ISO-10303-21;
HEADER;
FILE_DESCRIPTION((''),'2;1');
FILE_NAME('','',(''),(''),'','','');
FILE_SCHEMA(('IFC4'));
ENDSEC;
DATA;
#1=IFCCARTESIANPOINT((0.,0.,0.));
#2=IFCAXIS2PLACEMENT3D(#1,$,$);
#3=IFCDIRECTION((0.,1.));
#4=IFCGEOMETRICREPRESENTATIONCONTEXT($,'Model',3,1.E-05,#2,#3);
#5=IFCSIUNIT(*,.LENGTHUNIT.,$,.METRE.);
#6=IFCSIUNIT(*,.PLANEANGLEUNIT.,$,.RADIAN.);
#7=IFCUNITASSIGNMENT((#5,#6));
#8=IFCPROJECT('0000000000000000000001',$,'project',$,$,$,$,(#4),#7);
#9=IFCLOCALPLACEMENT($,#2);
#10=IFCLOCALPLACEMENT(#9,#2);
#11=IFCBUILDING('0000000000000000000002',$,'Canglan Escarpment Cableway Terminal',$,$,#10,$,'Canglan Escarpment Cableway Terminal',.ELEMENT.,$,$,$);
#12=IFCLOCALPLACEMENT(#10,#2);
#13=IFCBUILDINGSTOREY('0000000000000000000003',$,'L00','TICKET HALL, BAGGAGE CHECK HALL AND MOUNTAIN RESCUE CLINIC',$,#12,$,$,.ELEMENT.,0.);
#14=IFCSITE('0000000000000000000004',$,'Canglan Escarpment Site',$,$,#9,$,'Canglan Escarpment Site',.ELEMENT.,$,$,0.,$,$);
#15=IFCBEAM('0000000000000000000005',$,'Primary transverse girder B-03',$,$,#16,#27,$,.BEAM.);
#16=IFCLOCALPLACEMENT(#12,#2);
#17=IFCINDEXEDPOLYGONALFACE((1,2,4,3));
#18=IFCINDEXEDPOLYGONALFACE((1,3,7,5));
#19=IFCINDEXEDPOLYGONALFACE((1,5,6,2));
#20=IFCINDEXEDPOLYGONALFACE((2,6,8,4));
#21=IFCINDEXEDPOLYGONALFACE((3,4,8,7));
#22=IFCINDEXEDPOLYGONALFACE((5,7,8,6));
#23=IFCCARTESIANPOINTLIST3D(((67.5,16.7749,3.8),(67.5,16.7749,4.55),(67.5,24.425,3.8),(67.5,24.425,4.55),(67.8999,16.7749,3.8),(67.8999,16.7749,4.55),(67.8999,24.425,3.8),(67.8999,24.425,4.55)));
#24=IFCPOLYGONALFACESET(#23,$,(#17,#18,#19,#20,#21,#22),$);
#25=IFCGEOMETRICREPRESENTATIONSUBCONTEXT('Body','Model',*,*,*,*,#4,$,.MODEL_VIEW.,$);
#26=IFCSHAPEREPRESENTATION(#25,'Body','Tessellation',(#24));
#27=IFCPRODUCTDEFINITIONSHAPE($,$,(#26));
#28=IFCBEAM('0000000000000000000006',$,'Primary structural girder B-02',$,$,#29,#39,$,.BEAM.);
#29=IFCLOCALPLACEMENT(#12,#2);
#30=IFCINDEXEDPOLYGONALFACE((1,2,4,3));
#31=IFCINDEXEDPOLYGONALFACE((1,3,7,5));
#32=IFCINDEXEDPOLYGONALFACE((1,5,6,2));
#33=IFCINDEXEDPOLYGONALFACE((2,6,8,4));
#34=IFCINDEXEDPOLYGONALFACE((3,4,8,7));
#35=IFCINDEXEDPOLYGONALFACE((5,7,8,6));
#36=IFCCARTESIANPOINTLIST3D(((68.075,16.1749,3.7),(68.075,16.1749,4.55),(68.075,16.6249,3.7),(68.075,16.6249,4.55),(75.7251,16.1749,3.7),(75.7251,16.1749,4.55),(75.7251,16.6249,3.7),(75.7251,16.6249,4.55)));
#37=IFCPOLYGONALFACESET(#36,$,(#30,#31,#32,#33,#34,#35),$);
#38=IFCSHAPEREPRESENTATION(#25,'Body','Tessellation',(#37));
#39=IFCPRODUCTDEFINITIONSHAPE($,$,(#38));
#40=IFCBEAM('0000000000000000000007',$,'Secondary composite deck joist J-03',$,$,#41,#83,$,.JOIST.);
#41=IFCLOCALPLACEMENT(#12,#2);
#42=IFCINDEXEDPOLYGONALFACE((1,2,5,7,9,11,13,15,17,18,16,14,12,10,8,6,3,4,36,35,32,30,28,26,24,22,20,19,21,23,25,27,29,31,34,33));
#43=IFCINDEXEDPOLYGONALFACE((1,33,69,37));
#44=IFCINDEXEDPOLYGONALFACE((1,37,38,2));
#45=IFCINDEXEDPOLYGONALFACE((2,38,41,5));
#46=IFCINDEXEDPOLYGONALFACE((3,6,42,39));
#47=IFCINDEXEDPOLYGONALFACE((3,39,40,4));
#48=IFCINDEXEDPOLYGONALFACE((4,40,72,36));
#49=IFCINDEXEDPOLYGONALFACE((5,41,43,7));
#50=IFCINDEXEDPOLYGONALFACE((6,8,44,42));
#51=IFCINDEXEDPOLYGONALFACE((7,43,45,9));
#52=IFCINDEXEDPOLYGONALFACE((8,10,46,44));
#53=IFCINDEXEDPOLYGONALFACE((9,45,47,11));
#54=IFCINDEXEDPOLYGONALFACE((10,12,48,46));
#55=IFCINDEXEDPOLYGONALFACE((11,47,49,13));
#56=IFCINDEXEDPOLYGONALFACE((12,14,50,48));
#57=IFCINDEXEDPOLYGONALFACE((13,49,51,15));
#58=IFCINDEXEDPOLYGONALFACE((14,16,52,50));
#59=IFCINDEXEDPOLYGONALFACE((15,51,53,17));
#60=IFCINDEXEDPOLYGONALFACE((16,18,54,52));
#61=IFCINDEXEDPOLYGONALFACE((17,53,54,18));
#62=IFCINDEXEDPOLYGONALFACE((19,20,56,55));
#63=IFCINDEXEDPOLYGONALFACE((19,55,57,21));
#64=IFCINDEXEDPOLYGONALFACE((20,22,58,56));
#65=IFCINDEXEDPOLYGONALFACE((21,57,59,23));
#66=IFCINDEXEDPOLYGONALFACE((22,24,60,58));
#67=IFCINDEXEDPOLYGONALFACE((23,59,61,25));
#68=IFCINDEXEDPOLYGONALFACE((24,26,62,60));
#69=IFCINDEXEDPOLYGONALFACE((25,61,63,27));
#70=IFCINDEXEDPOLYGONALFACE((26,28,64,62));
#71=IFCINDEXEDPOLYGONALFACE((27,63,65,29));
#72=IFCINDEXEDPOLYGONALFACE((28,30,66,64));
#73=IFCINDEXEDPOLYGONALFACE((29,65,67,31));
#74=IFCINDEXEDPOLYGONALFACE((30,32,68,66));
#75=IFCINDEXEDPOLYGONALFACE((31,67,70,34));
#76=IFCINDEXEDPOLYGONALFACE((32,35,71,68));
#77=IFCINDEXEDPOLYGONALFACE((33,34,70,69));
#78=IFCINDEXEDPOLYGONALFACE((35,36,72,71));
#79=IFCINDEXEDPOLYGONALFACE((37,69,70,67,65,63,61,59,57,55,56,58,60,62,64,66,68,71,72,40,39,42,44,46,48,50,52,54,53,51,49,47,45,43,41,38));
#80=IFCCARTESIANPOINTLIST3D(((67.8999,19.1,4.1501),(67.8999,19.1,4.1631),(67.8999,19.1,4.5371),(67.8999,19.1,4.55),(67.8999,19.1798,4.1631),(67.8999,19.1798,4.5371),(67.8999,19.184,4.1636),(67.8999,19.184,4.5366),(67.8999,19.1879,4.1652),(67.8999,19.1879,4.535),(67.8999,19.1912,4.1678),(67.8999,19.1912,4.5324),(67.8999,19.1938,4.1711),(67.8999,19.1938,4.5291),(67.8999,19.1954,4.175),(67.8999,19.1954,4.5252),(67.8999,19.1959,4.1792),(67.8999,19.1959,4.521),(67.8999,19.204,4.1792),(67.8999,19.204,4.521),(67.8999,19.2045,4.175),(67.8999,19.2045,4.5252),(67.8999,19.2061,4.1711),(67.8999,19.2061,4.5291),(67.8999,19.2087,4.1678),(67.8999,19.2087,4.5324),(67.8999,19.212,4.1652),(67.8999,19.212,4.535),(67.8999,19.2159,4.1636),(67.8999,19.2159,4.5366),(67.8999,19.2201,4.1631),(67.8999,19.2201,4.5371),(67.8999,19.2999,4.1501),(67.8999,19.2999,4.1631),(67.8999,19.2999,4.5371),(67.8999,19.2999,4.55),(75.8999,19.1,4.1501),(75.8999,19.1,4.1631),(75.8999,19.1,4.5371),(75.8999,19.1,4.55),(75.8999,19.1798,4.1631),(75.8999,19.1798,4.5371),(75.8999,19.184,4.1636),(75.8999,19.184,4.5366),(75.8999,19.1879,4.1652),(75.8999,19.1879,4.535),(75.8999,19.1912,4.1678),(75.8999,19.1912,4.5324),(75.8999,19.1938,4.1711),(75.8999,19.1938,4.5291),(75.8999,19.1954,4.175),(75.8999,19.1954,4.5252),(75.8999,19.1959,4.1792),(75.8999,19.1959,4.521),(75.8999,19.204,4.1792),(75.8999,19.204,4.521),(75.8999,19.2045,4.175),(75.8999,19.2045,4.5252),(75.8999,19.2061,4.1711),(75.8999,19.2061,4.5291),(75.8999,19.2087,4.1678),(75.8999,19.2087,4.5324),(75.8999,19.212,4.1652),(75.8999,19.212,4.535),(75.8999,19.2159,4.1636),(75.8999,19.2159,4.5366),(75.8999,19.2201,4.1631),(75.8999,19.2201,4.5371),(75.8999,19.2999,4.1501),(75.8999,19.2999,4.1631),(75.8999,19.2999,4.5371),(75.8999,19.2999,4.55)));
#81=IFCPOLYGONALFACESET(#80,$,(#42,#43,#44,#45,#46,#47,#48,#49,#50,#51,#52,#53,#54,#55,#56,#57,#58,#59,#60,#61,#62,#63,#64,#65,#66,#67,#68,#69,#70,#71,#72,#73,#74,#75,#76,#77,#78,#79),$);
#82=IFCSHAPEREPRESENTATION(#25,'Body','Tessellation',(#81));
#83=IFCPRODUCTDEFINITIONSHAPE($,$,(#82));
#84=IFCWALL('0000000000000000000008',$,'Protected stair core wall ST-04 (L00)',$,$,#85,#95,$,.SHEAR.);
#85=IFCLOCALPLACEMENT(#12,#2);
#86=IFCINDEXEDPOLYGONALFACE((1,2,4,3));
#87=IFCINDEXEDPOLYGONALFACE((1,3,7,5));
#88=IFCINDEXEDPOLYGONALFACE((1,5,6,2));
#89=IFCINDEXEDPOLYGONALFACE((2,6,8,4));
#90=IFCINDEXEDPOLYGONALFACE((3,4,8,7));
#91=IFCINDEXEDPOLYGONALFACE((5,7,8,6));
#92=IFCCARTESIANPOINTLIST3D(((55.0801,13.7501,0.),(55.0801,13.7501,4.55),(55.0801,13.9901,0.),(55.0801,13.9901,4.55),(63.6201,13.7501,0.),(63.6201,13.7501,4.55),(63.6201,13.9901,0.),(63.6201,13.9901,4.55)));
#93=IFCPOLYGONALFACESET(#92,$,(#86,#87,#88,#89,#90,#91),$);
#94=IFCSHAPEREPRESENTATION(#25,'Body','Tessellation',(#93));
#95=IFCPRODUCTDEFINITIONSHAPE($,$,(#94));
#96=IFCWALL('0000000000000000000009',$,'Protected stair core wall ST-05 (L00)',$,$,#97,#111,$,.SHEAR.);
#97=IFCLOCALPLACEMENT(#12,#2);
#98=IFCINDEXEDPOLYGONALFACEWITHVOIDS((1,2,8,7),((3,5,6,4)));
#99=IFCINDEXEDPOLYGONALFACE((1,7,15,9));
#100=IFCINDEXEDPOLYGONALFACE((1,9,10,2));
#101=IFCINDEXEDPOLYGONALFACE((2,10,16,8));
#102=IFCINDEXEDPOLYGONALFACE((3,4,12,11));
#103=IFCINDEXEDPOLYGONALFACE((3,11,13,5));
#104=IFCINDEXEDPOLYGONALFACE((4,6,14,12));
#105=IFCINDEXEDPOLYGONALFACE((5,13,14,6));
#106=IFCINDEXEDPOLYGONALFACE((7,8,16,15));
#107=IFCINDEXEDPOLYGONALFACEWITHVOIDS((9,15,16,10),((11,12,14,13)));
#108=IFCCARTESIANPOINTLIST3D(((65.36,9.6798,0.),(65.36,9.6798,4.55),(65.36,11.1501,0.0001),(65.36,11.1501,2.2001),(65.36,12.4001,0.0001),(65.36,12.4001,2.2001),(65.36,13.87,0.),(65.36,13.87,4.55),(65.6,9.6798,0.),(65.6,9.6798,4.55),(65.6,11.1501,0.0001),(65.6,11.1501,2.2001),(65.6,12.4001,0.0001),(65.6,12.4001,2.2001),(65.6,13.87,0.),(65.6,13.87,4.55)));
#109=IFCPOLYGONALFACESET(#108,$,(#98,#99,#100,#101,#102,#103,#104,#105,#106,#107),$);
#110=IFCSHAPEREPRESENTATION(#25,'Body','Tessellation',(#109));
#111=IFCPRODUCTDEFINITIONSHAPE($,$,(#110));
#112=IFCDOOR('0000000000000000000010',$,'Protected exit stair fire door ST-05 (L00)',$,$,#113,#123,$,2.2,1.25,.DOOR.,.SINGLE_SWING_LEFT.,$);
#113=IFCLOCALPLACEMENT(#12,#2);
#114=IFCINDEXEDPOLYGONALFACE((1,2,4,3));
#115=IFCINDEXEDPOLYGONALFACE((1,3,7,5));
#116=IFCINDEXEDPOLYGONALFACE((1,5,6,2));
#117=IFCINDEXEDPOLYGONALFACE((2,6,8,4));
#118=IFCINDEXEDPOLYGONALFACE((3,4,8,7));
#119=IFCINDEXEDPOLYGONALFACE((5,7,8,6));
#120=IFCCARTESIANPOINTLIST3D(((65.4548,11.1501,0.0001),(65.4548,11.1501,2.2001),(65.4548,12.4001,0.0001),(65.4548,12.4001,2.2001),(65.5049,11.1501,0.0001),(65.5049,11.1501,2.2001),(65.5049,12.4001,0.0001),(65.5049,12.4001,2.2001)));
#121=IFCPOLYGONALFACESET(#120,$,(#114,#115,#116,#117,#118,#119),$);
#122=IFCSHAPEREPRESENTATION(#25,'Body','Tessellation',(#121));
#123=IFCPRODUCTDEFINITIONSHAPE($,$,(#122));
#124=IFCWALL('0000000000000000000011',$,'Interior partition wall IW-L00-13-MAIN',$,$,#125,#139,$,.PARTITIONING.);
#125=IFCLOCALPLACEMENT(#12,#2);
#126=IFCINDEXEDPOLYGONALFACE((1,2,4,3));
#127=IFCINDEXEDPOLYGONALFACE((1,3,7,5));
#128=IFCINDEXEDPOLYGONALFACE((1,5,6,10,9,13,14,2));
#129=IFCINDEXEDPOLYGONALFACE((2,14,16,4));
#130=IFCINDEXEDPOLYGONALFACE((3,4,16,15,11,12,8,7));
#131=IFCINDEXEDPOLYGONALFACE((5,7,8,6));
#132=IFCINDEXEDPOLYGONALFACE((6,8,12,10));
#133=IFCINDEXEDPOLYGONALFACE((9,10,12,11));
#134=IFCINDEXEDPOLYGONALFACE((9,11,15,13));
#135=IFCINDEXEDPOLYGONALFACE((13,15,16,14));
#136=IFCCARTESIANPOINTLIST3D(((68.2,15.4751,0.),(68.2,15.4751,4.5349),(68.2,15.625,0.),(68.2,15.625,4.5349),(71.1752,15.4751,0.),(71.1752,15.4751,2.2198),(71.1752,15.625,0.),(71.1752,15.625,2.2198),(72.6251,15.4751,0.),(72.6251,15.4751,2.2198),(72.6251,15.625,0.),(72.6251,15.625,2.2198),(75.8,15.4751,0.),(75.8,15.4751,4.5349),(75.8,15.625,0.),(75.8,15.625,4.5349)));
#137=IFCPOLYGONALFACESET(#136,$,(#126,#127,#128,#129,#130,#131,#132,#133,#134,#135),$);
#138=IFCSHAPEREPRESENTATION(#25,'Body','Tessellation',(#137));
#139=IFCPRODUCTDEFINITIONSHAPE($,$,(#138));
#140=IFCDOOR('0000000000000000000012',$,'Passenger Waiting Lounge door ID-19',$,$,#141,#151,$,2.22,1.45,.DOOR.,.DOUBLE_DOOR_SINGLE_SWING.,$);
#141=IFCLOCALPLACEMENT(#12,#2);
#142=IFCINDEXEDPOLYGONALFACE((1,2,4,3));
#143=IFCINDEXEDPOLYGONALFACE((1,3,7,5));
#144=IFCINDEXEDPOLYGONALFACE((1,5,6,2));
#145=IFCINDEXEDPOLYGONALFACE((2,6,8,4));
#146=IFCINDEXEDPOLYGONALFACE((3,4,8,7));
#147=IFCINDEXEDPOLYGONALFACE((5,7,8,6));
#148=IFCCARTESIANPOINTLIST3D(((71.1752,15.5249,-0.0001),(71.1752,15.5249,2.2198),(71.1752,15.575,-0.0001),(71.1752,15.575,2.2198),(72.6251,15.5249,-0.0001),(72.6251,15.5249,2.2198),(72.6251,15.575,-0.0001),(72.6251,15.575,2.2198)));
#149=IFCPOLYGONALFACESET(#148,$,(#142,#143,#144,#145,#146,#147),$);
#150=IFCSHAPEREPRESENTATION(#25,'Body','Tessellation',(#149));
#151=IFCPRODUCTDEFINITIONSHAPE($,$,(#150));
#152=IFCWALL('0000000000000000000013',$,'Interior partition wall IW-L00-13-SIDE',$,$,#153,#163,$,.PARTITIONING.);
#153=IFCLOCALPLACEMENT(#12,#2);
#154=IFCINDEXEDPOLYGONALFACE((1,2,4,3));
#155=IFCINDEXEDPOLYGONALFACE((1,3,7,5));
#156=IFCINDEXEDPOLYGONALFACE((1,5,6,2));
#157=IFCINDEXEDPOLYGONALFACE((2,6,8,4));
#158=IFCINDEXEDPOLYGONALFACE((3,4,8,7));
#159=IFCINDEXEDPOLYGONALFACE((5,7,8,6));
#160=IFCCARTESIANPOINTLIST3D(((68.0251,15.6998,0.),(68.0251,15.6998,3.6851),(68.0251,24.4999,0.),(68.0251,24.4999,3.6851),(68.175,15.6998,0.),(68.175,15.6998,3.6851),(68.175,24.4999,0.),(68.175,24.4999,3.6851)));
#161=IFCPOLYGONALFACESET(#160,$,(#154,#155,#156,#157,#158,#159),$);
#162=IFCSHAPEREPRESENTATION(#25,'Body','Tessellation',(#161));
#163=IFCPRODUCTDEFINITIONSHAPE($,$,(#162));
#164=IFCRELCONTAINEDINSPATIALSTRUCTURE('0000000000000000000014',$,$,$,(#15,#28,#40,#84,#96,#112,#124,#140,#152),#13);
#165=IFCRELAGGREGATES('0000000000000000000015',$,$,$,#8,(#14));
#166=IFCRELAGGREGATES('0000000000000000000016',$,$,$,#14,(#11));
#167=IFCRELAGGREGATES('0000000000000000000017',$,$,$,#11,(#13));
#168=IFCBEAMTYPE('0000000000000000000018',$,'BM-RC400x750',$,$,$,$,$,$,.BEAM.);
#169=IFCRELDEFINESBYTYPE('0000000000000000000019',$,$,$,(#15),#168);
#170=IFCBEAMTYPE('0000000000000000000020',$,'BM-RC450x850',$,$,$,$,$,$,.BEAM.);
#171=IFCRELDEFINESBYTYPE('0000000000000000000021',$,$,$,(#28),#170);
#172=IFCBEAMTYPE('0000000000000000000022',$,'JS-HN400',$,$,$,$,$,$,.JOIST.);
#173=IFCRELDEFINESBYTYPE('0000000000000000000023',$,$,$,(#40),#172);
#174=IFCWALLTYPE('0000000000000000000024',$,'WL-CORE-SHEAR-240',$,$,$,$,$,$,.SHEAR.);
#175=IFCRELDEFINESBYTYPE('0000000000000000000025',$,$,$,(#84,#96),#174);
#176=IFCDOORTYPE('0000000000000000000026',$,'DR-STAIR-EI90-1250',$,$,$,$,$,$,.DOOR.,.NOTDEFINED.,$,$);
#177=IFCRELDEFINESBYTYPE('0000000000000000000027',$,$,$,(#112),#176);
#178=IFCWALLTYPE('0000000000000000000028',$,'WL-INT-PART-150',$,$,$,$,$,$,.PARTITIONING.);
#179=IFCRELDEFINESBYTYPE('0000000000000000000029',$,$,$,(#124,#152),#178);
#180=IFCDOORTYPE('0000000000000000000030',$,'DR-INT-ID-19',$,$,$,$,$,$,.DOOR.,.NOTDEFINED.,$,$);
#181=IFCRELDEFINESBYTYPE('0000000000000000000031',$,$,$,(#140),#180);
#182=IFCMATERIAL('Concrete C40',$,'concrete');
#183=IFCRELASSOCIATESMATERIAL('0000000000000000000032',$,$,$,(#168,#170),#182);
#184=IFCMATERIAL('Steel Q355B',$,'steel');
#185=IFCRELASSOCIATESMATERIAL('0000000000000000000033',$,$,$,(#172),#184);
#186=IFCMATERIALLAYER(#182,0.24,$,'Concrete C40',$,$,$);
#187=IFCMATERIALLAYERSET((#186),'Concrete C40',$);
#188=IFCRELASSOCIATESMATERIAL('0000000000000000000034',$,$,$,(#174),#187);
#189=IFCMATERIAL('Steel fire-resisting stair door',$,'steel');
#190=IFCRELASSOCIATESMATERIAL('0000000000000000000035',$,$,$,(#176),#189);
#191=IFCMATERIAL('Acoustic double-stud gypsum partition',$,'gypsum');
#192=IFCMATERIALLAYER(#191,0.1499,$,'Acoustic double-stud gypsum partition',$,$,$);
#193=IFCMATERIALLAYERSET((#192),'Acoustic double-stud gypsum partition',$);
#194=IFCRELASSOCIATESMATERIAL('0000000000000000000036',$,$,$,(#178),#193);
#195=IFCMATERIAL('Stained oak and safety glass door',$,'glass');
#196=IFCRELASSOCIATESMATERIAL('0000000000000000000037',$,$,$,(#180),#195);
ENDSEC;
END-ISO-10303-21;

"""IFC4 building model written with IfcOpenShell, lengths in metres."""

from ifc_helpers import new_model, si_unit, direction, frame, frame_2d, origin, origin_2d, place, context, subcontext, project, spatial, rectangle, i_section, extrude, material, layer, layer_set, material_profile, profile_set, type_object, element, fill, save


model = new_model("IFC4")

# Units and contexts
model_context = context("Model", 3, precision=1e-05, world=origin(), true_north=direction((0.0, 1.0)))
body_context = subcontext(model_context, "Body", "Model", "MODEL_VIEW")
ifc_project = project(units=[si_unit("LENGTHUNIT", "METRE"), si_unit("PLANEANGLEUNIT", "RADIAN")], contexts=[model_context])

# Site, building, storey
site_placement = place(None, origin())
site = spatial("IfcSite", under=ifc_project, at=site_placement, Name="Canglan Escarpment Site", LongName="Canglan Escarpment Site", CompositionType="ELEMENT", RefElevation=0.0)
building_placement = place(site_placement, origin())
building = spatial("IfcBuilding", under=site, at=building_placement, Name="Canglan Escarpment Cableway Terminal", LongName="Canglan Escarpment Cableway Terminal", CompositionType="ELEMENT")
storey_placement = place(building_placement, origin())
storey = spatial("IfcBuildingStorey", under=building, at=storey_placement, Name="L00", Description="TICKET HALL, BAGGAGE CHECK HALL AND MOUNTAIN RESCUE CLINIC", CompositionType="ELEMENT", Elevation=0.0)

# Shared definitions
ifc_material_1 = material(Name="Concrete C40", Category="concrete")

# Beams
ifc_material_profile_1 = material_profile(ifc_material_1, rectangle(XDim=0.3999, YDim=0.75, at=origin_2d()), Name="RC 400x750")
ifc_profile_set_1 = profile_set([ifc_material_profile_1], Name="Concrete C40")
beam_type_1 = type_object("IfcBeamType", Name="BM-RC400x750", PredefinedType="BEAM", material=ifc_profile_set_1)
beam_1_placement = place(storey_placement, frame((67.7, 16.7749, 4.175), z_axis=(0.0, 1.0, 0.0), x_axis=(-1.0, 0.0, 0.0)))
element("IfcBeam", 1, at=beam_1_placement, inside=storey, type_object=beam_type_1, Name="Primary transverse girder B-03", PredefinedType="BEAM", context=body_context, shape_type="SweptSolid", body=[
    extrude(rectangle(XDim=0.3999, YDim=0.75, at=origin_2d()), origin(), (0.0, 0.0, 1.0), 7.6501),
])
ifc_material_profile_2 = material_profile(ifc_material_1, rectangle(XDim=0.45, YDim=0.8501, at=origin_2d()), Name="RC 450x850")
ifc_profile_set_2 = profile_set([ifc_material_profile_2], Name="Concrete C40")
beam_type_2 = type_object("IfcBeamType", Name="BM-RC450x850", PredefinedType="BEAM", material=ifc_profile_set_2)
beam_2_placement = place(storey_placement, frame((68.075, 16.3999, 4.125), z_axis=(1.0, 0.0, 0.0), x_axis=(0.0, 1.0, 0.0)))
element("IfcBeam", 2, at=beam_2_placement, inside=storey, type_object=beam_type_2, Name="Primary structural girder B-02", PredefinedType="BEAM", context=body_context, shape_type="SweptSolid", body=[
    extrude(rectangle(XDim=0.45, YDim=0.8501, at=origin_2d()), origin(), (0.0, 0.0, 1.0), 7.6501),
])
ifc_material_2 = material(Name="Steel Q355B", Category="steel")
ifc_material_profile_3 = material_profile(ifc_material_2, i_section(OverallWidth=0.2, OverallDepth=0.3999, WebThickness=0.0081, FlangeThickness=0.0129, FilletRadius=0.0161, at=origin_2d()), Name="HN 400x200x8x13")
ifc_profile_set_3 = profile_set([ifc_material_profile_3], Name="Steel Q355B")
beam_type_3 = type_object("IfcBeamType", Name="JS-HN400", PredefinedType="JOIST", material=ifc_profile_set_3)
beam_3_placement = place(storey_placement, frame((67.8999, 19.2, 4.3501), z_axis=(1.0, 0.0, 0.0), x_axis=(0.0, 1.0, 0.0)))
element("IfcBeam", 3, at=beam_3_placement, inside=storey, type_object=beam_type_3, Name="Secondary composite deck joist J-03", PredefinedType="JOIST", context=body_context, shape_type="SweptSolid", body=[
    extrude(i_section(OverallWidth=0.2, OverallDepth=0.3999, WebThickness=0.0081, FlangeThickness=0.0129, FilletRadius=0.0161, at=origin_2d()), origin(), (0.0, 0.0, 1.0), 8.0),
])

# Wall
ifc_layer_1 = layer(ifc_material_1, 0.24, Name="Concrete C40")
ifc_layer_set_1 = layer_set([ifc_layer_1], Name="Concrete C40")
wall_type_1 = type_object("IfcWallType", Name="WL-CORE-SHEAR-240", PredefinedType="SHEAR", material=ifc_layer_set_1)
wall_1_placement = place(storey_placement, frame((63.6201, 13.8701, 0.0), z_axis=(0.0, 0.0, 1.0), x_axis=(-1.0, 0.0, 0.0)))
element("IfcWall", 4, at=wall_1_placement, inside=storey, type_object=wall_type_1, Name="Protected stair core wall ST-04 (L00)", PredefinedType="SHEAR", context=body_context, shape_type="SweptSolid", body=[
    extrude(rectangle(XDim=8.54, YDim=0.24, at=frame_2d((4.27, 0.0))), origin(), (0.0, 0.0, 1.0), 4.55),
])

# Walls, openings, doors
wall_2_placement = place(storey_placement, frame((65.48, 13.8701, 0.0), z_axis=(0.0, 0.0, 1.0), x_axis=(0.0, -1.0, 0.0)))
wall_2 = element("IfcWall", 5, at=wall_2_placement, inside=storey, type_object=wall_type_1, Name="Protected stair core wall ST-05 (L00)", PredefinedType="SHEAR", context=body_context, shape_type="SweptSolid", body=[
    extrude(rectangle(XDim=4.1902, YDim=0.24, at=frame_2d((2.0952, 0.0))), origin(), (0.0, 0.0, 1.0), 4.55),
])
opening_1_placement = place(wall_2_placement, frame((1.47, 0.0, 0.0)))
opening_1 = element("IfcOpeningElement", 6, at=opening_1_placement, cuts=wall_2, PredefinedType="OPENING", context=body_context, shape_type="SweptSolid", body=[
    extrude(rectangle(XDim=1.25, YDim=2.2, at=frame_2d((0.625, 1.1001))), frame((0.0, 0.1299, 0.0), z_axis=(0.0, -1.0, 0.0), x_axis=(1.0, 0.0, 0.0)), (0.0, 0.0, 1.0), 0.26),
])
ifc_material_3 = material(Name="Steel fire-resisting stair door", Category="steel")
door_type_1 = type_object("IfcDoorType", Name="DR-STAIR-EI90-1250", OperationType="NOTDEFINED", PredefinedType="DOOR", material=ifc_material_3)
door_1_placement = place(opening_1_placement, origin())
door_1 = element("IfcDoor", 7, at=door_1_placement, inside=storey, type_object=door_type_1, Name="Protected exit stair fire door ST-05 (L00)", OperationType="SINGLE_SWING_LEFT", OverallHeight=2.2, OverallWidth=1.25, PredefinedType="DOOR", context=body_context, shape_type="SweptSolid", body=[
    extrude(rectangle(XDim=1.25, YDim=2.2, at=frame_2d((0.625, 1.1001))), frame((0.0, 0.0249, 0.0), z_axis=(0.0, -1.0, 0.0), x_axis=(1.0, 0.0, 0.0)), (0.0, 0.0, 1.0), 0.05),
])
fill(opening_1, door_1)
ifc_material_4 = material(Name="Acoustic double-stud gypsum partition", Category="gypsum")
ifc_layer_2 = layer(ifc_material_4, 0.1499, Name="Acoustic double-stud gypsum partition")
ifc_layer_set_2 = layer_set([ifc_layer_2], Name="Acoustic double-stud gypsum partition")
wall_type_2 = type_object("IfcWallType", Name="WL-INT-PART-150", PredefinedType="PARTITIONING", material=ifc_layer_set_2)
wall_3_placement = place(storey_placement, frame((68.2, 15.55, 0.0), z_axis=(0.0, 0.0, 1.0), x_axis=(1.0, 0.0, 0.0)))
wall_3 = element("IfcWall", 8, at=wall_3_placement, inside=storey, type_object=wall_type_2, Name="Interior partition wall IW-L00-13-MAIN", PredefinedType="PARTITIONING", context=body_context, shape_type="SweptSolid", body=[
    extrude(rectangle(XDim=7.6001, YDim=0.1499, at=frame_2d((3.8, 0.0))), origin(), (0.0, 0.0, 1.0), 4.5349),
])
opening_2_placement = place(wall_3_placement, frame((2.9751, 0.0, 0.0)))
opening_2 = element("IfcOpeningElement", 9, at=opening_2_placement, cuts=wall_3, PredefinedType="OPENING", context=body_context, shape_type="SweptSolid", body=[
    extrude(rectangle(XDim=1.45, YDim=2.22, at=frame_2d((0.7251, 1.1099))), frame((0.0, 0.085, 0.0), z_axis=(0.0, -1.0, 0.0), x_axis=(1.0, 0.0, 0.0)), (0.0, 0.0, 1.0), 0.1699),
])
ifc_material_5 = material(Name="Stained oak and safety glass door", Category="glass")
door_type_2 = type_object("IfcDoorType", Name="DR-INT-ID-19", OperationType="NOTDEFINED", PredefinedType="DOOR", material=ifc_material_5)
door_2_placement = place(opening_2_placement, origin())
door_2 = element("IfcDoor", 10, at=door_2_placement, inside=storey, type_object=door_type_2, Name="Passenger Waiting Lounge door ID-19", OperationType="DOUBLE_DOOR_SINGLE_SWING", OverallHeight=2.22, OverallWidth=1.45, PredefinedType="DOOR", context=body_context, shape_type="SweptSolid", body=[
    extrude(rectangle(XDim=1.45, YDim=2.22, at=frame_2d((0.7251, 1.1099))), frame((0.0, 0.0249, 0.0), z_axis=(0.0, -1.0, 0.0), x_axis=(1.0, 0.0, 0.0)), (0.0, 0.0, 1.0), 0.05),
])
fill(opening_2, door_2)

# Wall
wall_4_placement = place(storey_placement, frame((68.1001, 15.7, 0.0), z_axis=(0.0, 0.0, 1.0), x_axis=(0.0, 1.0, 0.0)))
element("IfcWall", 11, at=wall_4_placement, inside=storey, type_object=wall_type_2, Name="Interior partition wall IW-L00-13-SIDE", PredefinedType="PARTITIONING", context=body_context, shape_type="SweptSolid", body=[
    extrude(rectangle(XDim=8.8, YDim=0.1499, at=frame_2d((4.3999, 0.0))), origin(), (0.0, 0.0, 1.0), 3.6851),
])

save(model, "model.ifc")
